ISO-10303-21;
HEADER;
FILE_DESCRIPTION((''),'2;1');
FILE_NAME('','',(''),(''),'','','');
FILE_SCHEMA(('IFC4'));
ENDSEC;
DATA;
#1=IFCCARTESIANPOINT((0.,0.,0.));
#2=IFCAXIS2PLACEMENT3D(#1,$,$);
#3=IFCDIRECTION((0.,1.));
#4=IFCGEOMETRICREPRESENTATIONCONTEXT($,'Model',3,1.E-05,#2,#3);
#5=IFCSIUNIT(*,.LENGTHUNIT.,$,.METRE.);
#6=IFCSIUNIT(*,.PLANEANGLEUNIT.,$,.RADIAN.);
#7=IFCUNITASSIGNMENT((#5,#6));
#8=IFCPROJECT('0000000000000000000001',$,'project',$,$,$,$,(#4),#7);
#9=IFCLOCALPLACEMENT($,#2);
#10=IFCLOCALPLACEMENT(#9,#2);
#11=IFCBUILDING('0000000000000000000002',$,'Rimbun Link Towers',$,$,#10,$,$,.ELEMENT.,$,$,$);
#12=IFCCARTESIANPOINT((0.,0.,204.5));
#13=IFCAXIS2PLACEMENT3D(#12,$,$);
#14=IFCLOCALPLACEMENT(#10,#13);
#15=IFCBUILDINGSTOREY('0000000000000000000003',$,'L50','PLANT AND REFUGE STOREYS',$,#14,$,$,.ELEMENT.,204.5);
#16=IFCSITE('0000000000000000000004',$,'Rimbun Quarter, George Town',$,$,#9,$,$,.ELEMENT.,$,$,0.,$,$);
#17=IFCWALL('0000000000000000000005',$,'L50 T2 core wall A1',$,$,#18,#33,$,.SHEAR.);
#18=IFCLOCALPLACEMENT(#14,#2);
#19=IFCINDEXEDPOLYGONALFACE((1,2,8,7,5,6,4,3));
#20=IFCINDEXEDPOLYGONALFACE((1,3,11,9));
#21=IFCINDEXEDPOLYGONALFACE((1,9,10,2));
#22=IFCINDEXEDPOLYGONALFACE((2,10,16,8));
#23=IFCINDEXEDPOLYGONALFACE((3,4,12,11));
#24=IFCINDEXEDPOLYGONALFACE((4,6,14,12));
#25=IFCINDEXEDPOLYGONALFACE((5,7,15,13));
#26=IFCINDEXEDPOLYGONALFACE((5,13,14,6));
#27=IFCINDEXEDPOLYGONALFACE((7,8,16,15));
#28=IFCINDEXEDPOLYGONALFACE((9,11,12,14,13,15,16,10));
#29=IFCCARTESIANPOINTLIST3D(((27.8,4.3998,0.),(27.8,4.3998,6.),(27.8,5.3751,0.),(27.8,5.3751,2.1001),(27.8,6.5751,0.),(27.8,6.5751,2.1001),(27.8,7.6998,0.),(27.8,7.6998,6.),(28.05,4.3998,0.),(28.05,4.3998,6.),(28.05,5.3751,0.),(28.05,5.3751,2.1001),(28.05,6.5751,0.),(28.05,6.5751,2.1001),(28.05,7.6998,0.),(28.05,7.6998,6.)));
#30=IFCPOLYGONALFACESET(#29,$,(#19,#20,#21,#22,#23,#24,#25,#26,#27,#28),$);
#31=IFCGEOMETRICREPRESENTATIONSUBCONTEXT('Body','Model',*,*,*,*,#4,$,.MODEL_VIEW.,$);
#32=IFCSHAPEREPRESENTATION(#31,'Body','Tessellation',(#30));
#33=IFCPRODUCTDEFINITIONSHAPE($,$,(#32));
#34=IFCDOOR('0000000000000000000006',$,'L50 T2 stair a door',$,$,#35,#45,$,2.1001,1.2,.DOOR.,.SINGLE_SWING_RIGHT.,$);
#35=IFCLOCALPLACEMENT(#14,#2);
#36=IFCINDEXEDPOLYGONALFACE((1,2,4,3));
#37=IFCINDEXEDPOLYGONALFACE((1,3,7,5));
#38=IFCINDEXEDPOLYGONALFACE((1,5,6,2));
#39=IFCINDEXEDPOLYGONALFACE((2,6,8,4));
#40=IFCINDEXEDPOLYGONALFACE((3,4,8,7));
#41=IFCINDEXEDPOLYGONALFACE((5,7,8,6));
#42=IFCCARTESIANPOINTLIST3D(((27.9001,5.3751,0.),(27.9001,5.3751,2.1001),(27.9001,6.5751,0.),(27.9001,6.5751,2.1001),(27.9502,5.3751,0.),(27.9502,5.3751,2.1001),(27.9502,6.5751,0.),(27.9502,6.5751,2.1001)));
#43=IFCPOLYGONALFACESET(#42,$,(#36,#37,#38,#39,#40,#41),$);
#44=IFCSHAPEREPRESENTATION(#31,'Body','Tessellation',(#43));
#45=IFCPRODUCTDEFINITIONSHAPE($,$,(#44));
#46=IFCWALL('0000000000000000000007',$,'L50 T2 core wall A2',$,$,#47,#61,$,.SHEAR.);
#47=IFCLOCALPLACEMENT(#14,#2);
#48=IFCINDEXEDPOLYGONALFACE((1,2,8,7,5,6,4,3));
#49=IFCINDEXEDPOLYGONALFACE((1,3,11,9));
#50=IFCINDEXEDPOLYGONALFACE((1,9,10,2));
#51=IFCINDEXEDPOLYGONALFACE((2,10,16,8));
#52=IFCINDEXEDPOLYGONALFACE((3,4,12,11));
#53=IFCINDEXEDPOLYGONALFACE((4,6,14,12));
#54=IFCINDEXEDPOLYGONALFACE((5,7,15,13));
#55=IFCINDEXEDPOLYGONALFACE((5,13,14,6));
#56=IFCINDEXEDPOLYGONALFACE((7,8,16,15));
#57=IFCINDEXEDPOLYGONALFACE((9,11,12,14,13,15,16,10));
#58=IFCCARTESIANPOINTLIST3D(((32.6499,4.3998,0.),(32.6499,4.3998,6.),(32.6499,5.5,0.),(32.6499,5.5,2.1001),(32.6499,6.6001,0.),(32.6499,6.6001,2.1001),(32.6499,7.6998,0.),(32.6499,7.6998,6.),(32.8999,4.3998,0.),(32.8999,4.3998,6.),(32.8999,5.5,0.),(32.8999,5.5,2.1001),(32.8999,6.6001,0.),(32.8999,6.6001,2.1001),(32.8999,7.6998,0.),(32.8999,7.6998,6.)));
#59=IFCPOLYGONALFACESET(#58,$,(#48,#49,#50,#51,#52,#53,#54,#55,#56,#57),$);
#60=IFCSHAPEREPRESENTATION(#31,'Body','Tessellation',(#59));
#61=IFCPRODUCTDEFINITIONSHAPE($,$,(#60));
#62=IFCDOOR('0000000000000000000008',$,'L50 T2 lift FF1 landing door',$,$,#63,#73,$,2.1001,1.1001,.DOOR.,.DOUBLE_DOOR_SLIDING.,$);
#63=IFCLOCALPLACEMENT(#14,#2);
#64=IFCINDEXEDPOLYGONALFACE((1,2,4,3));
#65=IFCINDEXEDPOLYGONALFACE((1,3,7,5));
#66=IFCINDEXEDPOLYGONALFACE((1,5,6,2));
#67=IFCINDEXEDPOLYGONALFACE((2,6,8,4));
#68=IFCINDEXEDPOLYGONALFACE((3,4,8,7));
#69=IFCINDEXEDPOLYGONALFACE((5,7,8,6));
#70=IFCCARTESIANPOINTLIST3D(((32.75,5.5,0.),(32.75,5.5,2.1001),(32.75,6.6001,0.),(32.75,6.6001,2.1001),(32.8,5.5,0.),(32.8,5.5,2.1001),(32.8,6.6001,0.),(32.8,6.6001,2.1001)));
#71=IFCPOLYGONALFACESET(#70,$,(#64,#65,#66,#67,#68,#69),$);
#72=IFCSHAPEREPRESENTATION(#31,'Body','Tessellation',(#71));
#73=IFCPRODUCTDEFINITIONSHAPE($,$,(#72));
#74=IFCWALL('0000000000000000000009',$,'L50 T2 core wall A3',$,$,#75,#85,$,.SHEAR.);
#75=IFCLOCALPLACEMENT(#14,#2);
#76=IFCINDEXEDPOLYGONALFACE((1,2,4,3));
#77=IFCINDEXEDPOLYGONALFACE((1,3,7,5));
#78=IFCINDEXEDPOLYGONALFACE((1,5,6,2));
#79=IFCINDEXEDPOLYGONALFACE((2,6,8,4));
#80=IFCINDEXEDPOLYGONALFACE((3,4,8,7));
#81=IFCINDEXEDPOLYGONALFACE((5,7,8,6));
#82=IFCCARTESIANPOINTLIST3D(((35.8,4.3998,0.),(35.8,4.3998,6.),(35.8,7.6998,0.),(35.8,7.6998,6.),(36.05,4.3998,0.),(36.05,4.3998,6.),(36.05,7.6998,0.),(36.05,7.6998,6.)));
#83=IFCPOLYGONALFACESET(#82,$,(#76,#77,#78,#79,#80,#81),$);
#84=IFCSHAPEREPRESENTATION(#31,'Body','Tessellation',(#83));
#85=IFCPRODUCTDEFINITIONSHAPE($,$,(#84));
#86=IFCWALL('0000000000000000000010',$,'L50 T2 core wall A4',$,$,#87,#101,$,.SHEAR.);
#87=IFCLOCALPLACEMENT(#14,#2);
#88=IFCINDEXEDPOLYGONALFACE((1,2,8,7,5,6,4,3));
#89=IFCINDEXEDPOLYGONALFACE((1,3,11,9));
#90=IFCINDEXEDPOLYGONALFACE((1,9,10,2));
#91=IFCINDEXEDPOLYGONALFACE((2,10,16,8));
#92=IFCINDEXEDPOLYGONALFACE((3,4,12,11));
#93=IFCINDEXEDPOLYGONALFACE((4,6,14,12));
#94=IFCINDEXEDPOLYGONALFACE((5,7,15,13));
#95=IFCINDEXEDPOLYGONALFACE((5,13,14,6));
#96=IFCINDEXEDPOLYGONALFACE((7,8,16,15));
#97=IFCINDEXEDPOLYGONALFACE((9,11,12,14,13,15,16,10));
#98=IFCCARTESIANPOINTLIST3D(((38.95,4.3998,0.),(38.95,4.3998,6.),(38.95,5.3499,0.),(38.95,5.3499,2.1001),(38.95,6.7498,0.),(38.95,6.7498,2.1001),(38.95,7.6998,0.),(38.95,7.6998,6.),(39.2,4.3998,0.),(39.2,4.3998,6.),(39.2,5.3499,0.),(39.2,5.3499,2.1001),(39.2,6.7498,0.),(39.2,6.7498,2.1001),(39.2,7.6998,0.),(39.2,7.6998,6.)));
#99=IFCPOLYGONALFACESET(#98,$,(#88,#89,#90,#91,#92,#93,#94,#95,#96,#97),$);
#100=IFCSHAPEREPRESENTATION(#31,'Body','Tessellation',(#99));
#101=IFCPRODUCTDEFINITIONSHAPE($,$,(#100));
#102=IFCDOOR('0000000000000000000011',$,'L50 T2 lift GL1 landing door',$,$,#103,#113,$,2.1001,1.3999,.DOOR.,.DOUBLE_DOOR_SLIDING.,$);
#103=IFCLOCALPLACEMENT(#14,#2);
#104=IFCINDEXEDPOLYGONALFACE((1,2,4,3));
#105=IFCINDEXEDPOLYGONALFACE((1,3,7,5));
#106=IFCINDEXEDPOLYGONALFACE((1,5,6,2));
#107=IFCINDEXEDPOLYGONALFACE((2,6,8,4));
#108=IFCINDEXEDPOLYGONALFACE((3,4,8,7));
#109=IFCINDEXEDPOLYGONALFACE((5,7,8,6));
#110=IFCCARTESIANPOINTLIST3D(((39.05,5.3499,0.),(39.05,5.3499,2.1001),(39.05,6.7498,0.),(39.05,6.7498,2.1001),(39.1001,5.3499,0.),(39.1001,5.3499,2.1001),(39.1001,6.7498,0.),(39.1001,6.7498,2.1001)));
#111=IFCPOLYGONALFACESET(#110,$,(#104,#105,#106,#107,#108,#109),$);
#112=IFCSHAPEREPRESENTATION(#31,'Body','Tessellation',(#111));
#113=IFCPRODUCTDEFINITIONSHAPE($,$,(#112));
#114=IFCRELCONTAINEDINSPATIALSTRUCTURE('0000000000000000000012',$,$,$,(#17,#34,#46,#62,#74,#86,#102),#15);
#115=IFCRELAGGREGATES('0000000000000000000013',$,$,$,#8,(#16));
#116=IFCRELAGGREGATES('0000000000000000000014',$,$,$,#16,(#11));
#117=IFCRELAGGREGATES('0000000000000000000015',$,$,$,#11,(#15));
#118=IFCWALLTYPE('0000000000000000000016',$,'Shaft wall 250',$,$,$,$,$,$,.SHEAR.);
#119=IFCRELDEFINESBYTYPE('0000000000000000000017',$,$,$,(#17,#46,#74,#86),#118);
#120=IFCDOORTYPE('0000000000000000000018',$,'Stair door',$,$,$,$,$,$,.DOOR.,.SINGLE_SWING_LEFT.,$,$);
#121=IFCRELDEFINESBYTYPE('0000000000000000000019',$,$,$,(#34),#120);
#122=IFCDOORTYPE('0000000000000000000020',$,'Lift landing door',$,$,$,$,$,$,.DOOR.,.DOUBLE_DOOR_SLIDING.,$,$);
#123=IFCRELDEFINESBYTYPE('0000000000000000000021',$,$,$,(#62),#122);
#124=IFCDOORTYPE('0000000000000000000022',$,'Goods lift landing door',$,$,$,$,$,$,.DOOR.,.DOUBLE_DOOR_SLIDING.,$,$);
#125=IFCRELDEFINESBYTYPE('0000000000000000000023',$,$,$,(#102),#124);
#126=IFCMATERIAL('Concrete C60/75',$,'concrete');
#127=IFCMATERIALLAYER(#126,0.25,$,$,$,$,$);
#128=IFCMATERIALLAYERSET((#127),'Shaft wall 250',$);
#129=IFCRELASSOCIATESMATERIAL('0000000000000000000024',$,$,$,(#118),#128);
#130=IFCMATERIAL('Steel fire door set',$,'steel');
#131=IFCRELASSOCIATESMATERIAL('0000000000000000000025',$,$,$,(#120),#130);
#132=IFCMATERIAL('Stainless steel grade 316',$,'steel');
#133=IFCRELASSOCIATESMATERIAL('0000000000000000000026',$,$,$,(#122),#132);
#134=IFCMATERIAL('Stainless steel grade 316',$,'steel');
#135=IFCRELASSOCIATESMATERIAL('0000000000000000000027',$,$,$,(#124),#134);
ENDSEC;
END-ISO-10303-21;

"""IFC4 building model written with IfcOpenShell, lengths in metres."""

from ifc_helpers import new_model, si_unit, direction, frame, frame_2d, origin, place, context, subcontext, project, spatial, rectangle, extrude, material, layer, layer_set, type_object, element, fill, save


model = new_model("IFC4")

# Units and contexts
model_context = context("Model", 3, precision=1e-05, world=origin(), true_north=direction((0.0, 1.0)))
body_context = subcontext(model_context, "Body", "Model", "MODEL_VIEW")
ifc_project = project(units=[si_unit("LENGTHUNIT", "METRE"), si_unit("PLANEANGLEUNIT", "RADIAN")], contexts=[model_context])

# Site, building, storey
site_placement = place(None, origin())
site = spatial("IfcSite", under=ifc_project, at=site_placement, Name="Rimbun Quarter, George Town", CompositionType="ELEMENT", RefElevation=0.0)
building_placement = place(site_placement, origin())
building = spatial("IfcBuilding", under=site, at=building_placement, Name="Rimbun Link Towers", CompositionType="ELEMENT")
storey_placement = place(building_placement, frame((0.0, 0.0, 204.5)))
storey = spatial("IfcBuildingStorey", under=building, at=storey_placement, Name="L50", Description="PLANT AND REFUGE STOREYS", CompositionType="ELEMENT", Elevation=204.5)

# Shared definitions
ifc_material_1 = material(Name="Concrete C60/75", Category="concrete")
ifc_layer_1 = layer(ifc_material_1, 0.25)
ifc_layer_set_1 = layer_set([ifc_layer_1], Name="Shaft wall 250")
wall_type_1 = type_object("IfcWallType", Name="Shaft wall 250", PredefinedType="SHEAR", material=ifc_layer_set_1)

# Walls, openings, doors
wall_1_placement = place(storey_placement, frame((27.925, 4.3999, 0.0), z_axis=(0.0, 0.0, 1.0), x_axis=(0.0, 1.0, 0.0)))
wall_1 = element("IfcWall", 1, at=wall_1_placement, inside=storey, type_object=wall_type_1, Name="L50 T2 core wall A1", PredefinedType="SHEAR", context=body_context, shape_type="SweptSolid", body=[
    extrude(rectangle(XDim=3.3, YDim=0.25, at=frame_2d((1.6499, 0.0))), origin(), (0.0, 0.0, 1.0), 6.0),
])
opening_1_placement = place(wall_1_placement, frame((0.9751, 0.0, 0.0)))
opening_1 = element("IfcOpeningElement", 2, at=opening_1_placement, cuts=wall_1, PredefinedType="OPENING", context=body_context, shape_type="SweptSolid", body=[
    extrude(rectangle(XDim=1.2, YDim=2.1001, at=frame_2d((0.6001, 1.05))), frame((0.0, 0.135, 0.0), z_axis=(0.0, -1.0, 0.0), x_axis=(1.0, 0.0, 0.0)), (0.0, 0.0, 1.0), 0.27),
])
ifc_material_2 = material(Name="Steel fire door set", Category="steel")
door_type_1 = type_object("IfcDoorType", Name="Stair door", OperationType="SINGLE_SWING_LEFT", PredefinedType="DOOR", material=ifc_material_2)
door_1_placement = place(opening_1_placement, origin())
door_1 = element("IfcDoor", 3, at=door_1_placement, inside=storey, type_object=door_type_1, Name="L50 T2 stair a door", OperationType="SINGLE_SWING_RIGHT", OverallHeight=2.1001, OverallWidth=1.2, PredefinedType="DOOR", context=body_context, shape_type="SweptSolid", body=[
    extrude(rectangle(XDim=1.2, YDim=2.1001, at=frame_2d((0.6001, 1.05))), frame((0.0, 0.0249, 0.0), z_axis=(0.0, -1.0, 0.0), x_axis=(1.0, 0.0, 0.0)), (0.0, 0.0, 1.0), 0.05),
])
fill(opening_1, door_1)
wall_2_placement = place(storey_placement, frame((32.7749, 4.3999, 0.0), z_axis=(0.0, 0.0, 1.0), x_axis=(0.0, 1.0, 0.0)))
wall_2 = element("IfcWall", 4, at=wall_2_placement, inside=storey, type_object=wall_type_1, Name="L50 T2 core wall A2", PredefinedType="SHEAR", context=body_context, shape_type="SweptSolid", body=[
    extrude(rectangle(XDim=3.3, YDim=0.25, at=frame_2d((1.6499, 0.0))), origin(), (0.0, 0.0, 1.0), 6.0),
])
opening_2_placement = place(wall_2_placement, frame((1.1001, 0.0, 0.0)))
opening_2 = element("IfcOpeningElement", 5, at=opening_2_placement, cuts=wall_2, PredefinedType="OPENING", context=body_context, shape_type="SweptSolid", body=[
    extrude(rectangle(XDim=1.1001, YDim=2.1001, at=frame_2d((0.55, 1.05))), frame((0.0, 0.135, 0.0), z_axis=(0.0, -1.0, 0.0), x_axis=(1.0, 0.0, 0.0)), (0.0, 0.0, 1.0), 0.27),
])
ifc_material_3 = material(Name="Stainless steel grade 316", Category="steel")
door_type_2 = type_object("IfcDoorType", Name="Lift landing door", OperationType="DOUBLE_DOOR_SLIDING", PredefinedType="DOOR", material=ifc_material_3)
door_2_placement = place(opening_2_placement, origin())
door_2 = element("IfcDoor", 6, at=door_2_placement, inside=storey, type_object=door_type_2, Name="L50 T2 lift FF1 landing door", OperationType="DOUBLE_DOOR_SLIDING", OverallHeight=2.1001, OverallWidth=1.1001, PredefinedType="DOOR", context=body_context, shape_type="SweptSolid", body=[
    extrude(rectangle(XDim=1.1001, YDim=2.1001, at=frame_2d((0.55, 1.05))), frame((0.0, 0.0249, 0.0), z_axis=(0.0, -1.0, 0.0), x_axis=(1.0, 0.0, 0.0)), (0.0, 0.0, 1.0), 0.05),
])
fill(opening_2, door_2)

# Wall
wall_3_placement = place(storey_placement, frame((35.925, 4.3999, 0.0), z_axis=(0.0, 0.0, 1.0), x_axis=(0.0, 1.0, 0.0)))
element("IfcWall", 7, at=wall_3_placement, inside=storey, type_object=wall_type_1, Name="L50 T2 core wall A3", PredefinedType="SHEAR", context=body_context, shape_type="SweptSolid", body=[
    extrude(rectangle(XDim=3.3, YDim=0.25, at=frame_2d((1.6499, 0.0))), origin(), (0.0, 0.0, 1.0), 6.0),
])

# Wall, opening, door
wall_4_placement = place(storey_placement, frame((39.075, 4.3999, 0.0), z_axis=(0.0, 0.0, 1.0), x_axis=(0.0, 1.0, 0.0)))
wall_4 = element("IfcWall", 8, at=wall_4_placement, inside=storey, type_object=wall_type_1, Name="L50 T2 core wall A4", PredefinedType="SHEAR", context=body_context, shape_type="SweptSolid", body=[
    extrude(rectangle(XDim=3.3, YDim=0.25, at=frame_2d((1.6499, 0.0))), origin(), (0.0, 0.0, 1.0), 6.0),
])
opening_3_placement = place(wall_4_placement, frame((0.95, 0.0, 0.0)))
opening_3 = element("IfcOpeningElement", 9, at=opening_3_placement, cuts=wall_4, PredefinedType="OPENING", context=body_context, shape_type="SweptSolid", body=[
    extrude(rectangle(XDim=1.3999, YDim=2.1001, at=frame_2d((0.7, 1.05))), frame((0.0, 0.135, 0.0), z_axis=(0.0, -1.0, 0.0), x_axis=(1.0, 0.0, 0.0)), (0.0, 0.0, 1.0), 0.27),
])
ifc_material_4 = material(Name="Stainless steel grade 316", Category="steel")
door_type_3 = type_object("IfcDoorType", Name="Goods lift landing door", OperationType="DOUBLE_DOOR_SLIDING", PredefinedType="DOOR", material=ifc_material_4)
door_3_placement = place(opening_3_placement, origin())
door_3 = element("IfcDoor", 10, at=door_3_placement, inside=storey, type_object=door_type_3, Name="L50 T2 lift GL1 landing door", OperationType="DOUBLE_DOOR_SLIDING", OverallHeight=2.1001, OverallWidth=1.3999, PredefinedType="DOOR", context=body_context, shape_type="SweptSolid", body=[
    extrude(rectangle(XDim=1.3999, YDim=2.1001, at=frame_2d((0.7, 1.05))), frame((0.0, 0.0249, 0.0), z_axis=(0.0, -1.0, 0.0), x_axis=(1.0, 0.0, 0.0)), (0.0, 0.0, 1.0), 0.05),
])
fill(opening_3, door_3)

save(model, "model.ifc")
